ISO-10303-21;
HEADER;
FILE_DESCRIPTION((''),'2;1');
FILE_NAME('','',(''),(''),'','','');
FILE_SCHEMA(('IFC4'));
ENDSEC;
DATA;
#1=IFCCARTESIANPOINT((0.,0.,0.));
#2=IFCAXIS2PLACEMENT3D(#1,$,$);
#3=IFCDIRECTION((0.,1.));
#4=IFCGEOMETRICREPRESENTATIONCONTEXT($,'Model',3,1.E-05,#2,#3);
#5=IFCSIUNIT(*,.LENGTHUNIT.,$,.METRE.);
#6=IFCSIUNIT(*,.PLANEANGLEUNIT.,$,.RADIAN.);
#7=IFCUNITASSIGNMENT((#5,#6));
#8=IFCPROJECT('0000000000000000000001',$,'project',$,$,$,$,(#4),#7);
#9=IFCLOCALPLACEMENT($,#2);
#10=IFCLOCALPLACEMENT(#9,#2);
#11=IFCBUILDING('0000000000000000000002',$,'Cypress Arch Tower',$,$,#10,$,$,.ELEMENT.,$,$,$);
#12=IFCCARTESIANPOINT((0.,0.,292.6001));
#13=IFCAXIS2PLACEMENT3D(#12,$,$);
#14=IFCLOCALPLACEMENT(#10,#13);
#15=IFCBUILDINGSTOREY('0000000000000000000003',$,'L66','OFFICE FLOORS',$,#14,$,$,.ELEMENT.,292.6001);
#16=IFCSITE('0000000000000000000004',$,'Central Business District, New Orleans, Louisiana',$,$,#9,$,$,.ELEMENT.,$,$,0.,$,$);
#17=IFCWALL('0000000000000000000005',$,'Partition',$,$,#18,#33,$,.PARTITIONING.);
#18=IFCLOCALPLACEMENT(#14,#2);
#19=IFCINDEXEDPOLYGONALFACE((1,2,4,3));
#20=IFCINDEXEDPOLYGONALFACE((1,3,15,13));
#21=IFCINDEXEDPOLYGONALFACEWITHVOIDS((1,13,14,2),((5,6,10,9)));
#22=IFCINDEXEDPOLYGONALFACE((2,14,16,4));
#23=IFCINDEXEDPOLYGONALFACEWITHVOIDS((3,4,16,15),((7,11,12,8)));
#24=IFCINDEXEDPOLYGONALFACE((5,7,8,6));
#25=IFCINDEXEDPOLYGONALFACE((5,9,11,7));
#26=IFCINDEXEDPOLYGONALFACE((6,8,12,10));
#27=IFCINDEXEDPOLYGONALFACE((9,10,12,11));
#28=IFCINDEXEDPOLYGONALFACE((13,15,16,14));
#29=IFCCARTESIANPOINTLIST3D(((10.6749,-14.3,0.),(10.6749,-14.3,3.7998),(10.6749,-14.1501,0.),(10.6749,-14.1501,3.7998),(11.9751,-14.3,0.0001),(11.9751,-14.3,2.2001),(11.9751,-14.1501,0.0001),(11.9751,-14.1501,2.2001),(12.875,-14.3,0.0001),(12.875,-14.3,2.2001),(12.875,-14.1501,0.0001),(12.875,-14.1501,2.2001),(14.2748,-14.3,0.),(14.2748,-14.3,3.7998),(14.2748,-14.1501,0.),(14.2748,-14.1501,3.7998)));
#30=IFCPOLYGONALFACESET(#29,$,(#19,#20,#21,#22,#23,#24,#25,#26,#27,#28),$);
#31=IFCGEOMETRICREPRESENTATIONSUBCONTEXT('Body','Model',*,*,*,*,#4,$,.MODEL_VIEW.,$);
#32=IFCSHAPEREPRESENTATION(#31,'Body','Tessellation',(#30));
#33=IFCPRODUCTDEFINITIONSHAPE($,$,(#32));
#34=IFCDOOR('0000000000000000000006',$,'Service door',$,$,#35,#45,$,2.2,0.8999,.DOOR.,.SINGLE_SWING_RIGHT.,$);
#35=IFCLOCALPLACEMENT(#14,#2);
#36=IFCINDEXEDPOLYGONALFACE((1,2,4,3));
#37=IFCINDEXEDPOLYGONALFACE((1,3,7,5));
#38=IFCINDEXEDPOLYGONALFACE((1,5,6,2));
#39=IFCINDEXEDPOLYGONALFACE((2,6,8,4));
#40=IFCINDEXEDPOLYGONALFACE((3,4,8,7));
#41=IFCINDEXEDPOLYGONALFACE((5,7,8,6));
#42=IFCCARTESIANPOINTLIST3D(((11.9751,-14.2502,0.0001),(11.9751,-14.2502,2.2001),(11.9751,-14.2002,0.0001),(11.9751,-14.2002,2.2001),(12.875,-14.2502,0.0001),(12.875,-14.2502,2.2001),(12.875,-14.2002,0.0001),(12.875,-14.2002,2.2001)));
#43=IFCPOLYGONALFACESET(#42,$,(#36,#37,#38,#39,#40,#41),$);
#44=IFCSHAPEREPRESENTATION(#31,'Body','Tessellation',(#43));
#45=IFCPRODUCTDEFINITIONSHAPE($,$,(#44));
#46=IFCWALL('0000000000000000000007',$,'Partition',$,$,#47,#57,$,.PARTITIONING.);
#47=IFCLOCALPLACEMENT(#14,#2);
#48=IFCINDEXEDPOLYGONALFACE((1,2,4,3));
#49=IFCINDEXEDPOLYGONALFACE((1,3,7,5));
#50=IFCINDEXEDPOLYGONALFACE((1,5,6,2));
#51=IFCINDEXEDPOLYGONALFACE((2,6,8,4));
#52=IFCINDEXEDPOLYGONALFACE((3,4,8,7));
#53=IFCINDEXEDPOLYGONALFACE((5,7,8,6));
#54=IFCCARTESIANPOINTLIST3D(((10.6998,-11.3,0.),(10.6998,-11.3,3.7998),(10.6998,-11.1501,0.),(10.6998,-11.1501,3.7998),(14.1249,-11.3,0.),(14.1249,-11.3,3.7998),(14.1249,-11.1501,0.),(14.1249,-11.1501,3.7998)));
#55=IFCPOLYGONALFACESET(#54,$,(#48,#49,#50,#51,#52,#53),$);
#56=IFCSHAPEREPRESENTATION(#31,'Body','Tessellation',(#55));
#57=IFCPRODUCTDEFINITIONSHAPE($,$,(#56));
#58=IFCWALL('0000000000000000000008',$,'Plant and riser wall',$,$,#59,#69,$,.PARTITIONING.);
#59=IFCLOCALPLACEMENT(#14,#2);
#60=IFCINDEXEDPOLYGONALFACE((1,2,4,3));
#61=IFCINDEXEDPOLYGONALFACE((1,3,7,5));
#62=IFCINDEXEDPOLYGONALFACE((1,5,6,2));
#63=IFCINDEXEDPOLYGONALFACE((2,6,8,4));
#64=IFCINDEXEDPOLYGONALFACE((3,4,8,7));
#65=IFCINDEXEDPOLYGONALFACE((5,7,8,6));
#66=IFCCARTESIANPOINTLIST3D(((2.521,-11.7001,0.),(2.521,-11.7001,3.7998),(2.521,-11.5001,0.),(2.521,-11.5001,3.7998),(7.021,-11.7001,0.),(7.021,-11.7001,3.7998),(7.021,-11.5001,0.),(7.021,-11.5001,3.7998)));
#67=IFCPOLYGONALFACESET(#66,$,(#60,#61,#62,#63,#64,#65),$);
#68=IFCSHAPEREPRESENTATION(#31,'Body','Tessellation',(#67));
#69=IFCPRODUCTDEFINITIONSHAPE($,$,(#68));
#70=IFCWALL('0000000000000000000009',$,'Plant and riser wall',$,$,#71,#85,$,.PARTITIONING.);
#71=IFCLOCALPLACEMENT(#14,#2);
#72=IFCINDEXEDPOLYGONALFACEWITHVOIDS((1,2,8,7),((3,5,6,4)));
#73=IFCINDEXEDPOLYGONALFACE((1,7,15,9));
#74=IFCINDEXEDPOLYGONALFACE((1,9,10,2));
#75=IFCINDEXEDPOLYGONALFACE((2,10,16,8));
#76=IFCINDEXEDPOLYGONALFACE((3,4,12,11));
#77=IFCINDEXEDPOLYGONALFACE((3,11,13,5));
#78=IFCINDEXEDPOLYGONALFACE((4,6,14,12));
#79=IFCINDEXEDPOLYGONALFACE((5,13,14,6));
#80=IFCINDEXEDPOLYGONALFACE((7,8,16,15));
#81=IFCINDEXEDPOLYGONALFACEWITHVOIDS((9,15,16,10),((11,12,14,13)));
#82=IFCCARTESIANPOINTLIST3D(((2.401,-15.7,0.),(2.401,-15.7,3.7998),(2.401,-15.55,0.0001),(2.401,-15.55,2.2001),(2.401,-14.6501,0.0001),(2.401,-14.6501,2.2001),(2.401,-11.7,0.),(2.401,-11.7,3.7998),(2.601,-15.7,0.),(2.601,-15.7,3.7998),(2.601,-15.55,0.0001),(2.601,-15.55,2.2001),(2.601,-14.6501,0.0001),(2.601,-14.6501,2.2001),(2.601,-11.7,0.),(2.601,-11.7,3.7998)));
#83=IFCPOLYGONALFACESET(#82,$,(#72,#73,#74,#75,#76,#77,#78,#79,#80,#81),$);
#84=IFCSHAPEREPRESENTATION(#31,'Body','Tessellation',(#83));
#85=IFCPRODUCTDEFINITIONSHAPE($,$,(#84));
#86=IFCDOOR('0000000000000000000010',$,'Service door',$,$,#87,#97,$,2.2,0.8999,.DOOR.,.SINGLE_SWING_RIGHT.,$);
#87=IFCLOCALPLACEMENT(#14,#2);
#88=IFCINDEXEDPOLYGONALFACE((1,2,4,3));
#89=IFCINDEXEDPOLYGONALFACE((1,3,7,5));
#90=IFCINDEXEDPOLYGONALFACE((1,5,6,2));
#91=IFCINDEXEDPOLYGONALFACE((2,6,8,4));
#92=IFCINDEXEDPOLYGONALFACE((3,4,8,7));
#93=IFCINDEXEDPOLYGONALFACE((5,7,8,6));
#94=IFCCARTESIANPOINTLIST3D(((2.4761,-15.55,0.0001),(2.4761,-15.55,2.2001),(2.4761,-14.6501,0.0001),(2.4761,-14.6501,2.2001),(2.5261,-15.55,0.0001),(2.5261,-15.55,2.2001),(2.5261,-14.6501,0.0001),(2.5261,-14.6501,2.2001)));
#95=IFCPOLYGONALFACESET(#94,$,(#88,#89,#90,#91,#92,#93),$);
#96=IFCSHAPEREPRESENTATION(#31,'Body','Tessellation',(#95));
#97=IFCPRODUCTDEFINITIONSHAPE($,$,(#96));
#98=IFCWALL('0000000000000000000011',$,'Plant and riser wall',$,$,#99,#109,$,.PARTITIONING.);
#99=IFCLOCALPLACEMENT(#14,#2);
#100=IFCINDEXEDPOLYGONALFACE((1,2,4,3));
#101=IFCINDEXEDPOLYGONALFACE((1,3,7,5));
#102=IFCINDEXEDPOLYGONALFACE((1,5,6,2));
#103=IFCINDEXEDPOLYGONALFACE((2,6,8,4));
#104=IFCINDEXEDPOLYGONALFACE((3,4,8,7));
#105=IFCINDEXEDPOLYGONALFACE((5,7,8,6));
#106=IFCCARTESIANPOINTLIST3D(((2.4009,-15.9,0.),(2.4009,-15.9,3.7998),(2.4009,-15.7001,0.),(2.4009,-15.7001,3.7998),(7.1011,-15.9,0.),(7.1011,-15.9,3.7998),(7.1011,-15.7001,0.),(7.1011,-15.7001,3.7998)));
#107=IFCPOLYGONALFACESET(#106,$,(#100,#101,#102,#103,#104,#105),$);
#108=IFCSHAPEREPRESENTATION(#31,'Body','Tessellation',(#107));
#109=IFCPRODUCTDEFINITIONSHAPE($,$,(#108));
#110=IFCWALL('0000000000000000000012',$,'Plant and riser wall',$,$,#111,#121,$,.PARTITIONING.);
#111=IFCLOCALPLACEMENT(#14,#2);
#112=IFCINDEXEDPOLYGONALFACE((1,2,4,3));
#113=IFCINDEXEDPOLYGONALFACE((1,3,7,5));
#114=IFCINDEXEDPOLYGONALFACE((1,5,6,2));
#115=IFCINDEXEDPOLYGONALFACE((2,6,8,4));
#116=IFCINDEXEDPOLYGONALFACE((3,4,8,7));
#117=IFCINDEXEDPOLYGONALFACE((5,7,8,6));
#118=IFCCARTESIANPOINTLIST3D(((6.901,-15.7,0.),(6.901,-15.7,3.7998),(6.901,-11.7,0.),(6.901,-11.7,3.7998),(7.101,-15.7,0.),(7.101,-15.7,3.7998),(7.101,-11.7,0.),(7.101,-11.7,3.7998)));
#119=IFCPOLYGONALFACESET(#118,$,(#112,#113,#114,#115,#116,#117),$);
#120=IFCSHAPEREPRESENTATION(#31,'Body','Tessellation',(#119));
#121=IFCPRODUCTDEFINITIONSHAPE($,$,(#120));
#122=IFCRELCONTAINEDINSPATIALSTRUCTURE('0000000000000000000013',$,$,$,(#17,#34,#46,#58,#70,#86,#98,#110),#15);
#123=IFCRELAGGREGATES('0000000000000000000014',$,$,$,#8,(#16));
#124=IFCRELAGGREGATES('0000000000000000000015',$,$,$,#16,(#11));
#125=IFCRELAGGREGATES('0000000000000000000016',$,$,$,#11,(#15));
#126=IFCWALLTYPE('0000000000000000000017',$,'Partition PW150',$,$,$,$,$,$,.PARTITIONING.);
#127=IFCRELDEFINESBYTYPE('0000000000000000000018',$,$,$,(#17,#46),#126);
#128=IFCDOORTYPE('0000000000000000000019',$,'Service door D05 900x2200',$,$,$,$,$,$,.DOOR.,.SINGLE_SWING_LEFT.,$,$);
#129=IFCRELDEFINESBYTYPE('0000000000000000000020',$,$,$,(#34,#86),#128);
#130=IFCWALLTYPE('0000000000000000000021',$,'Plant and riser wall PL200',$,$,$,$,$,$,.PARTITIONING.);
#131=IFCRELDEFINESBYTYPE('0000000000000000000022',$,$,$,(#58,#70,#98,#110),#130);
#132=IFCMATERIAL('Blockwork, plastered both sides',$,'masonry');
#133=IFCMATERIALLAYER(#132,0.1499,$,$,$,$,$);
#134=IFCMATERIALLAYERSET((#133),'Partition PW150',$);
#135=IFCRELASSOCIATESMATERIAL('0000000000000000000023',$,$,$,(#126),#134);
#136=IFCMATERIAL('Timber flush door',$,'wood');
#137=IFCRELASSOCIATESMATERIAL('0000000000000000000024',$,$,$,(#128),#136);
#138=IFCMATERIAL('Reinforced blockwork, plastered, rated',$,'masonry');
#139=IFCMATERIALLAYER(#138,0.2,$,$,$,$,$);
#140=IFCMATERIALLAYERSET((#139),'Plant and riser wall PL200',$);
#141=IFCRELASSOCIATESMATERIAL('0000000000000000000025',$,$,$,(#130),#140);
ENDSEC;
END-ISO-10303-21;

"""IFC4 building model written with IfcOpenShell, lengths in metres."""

from ifc_helpers import new_model, si_unit, direction, frame, frame_2d, origin, place, context, subcontext, project, spatial, rectangle, extrude, material, layer, layer_set, type_object, element, fill, save


model = new_model("IFC4")

# Units and contexts
model_context = context("Model", 3, precision=1e-05, world=origin(), true_north=direction((0.0, 1.0)))
body_context = subcontext(model_context, "Body", "Model", "MODEL_VIEW")
ifc_project = project(units=[si_unit("LENGTHUNIT", "METRE"), si_unit("PLANEANGLEUNIT", "RADIAN")], contexts=[model_context])

# Site, building, storey
site_placement = place(None, origin())
site = spatial("IfcSite", under=ifc_project, at=site_placement, Name="Central Business District, New Orleans, Louisiana", CompositionType="ELEMENT", RefElevation=0.0)
building_placement = place(site_placement, origin())
building = spatial("IfcBuilding", under=site, at=building_placement, Name="Cypress Arch Tower", CompositionType="ELEMENT")
storey_placement = place(building_placement, frame((0.0, 0.0, 292.6001)))
storey = spatial("IfcBuildingStorey", under=building, at=storey_placement, Name="L66", Description="OFFICE FLOORS", CompositionType="ELEMENT", Elevation=292.6001)

# Shared definitions
ifc_material_1 = material(Name="Blockwork, plastered both sides", Category="masonry")
ifc_layer_1 = layer(ifc_material_1, 0.1499)
ifc_layer_set_1 = layer_set([ifc_layer_1], Name="Partition PW150")
wall_type_1 = type_object("IfcWallType", Name="Partition PW150", PredefinedType="PARTITIONING", material=ifc_layer_set_1)

# Wall, opening, door
wall_1_placement = place(storey_placement, frame((10.675, -14.2251, 0.0), z_axis=(0.0, 0.0, 1.0), x_axis=(1.0, 0.0, 0.0)))
wall_1 = element("IfcWall", 1, at=wall_1_placement, inside=storey, type_object=wall_type_1, Name="Partition", PredefinedType="PARTITIONING", context=body_context, shape_type="SweptSolid", body=[
    extrude(rectangle(XDim=3.5999, YDim=0.1499, at=frame_2d((1.7998, 0.0))), origin(), (0.0, 0.0, 1.0), 3.7998),
])
opening_1_placement = place(wall_1_placement, frame((1.3, 0.0, 0.0)))
opening_1 = element("IfcOpeningElement", 2, at=opening_1_placement, cuts=wall_1, PredefinedType="OPENING", context=body_context, shape_type="SweptSolid", body=[
    extrude(rectangle(XDim=0.8999, YDim=2.2, at=frame_2d((0.45, 1.1001))), frame((0.0, 0.085, 0.0), z_axis=(0.0, -1.0, 0.0), x_axis=(1.0, 0.0, 0.0)), (0.0, 0.0, 1.0), 0.1699),
])
ifc_material_2 = material(Name="Timber flush door", Category="wood")
door_type_1 = type_object("IfcDoorType", Name="Service door D05 900x2200", OperationType="SINGLE_SWING_LEFT", PredefinedType="DOOR", material=ifc_material_2)
door_1_placement = place(opening_1_placement, origin())
door_1 = element("IfcDoor", 3, at=door_1_placement, inside=storey, type_object=door_type_1, Name="Service door", OperationType="SINGLE_SWING_RIGHT", OverallHeight=2.2, OverallWidth=0.8999, PredefinedType="DOOR", context=body_context, shape_type="SweptSolid", body=[
    extrude(rectangle(XDim=0.8999, YDim=2.2, at=frame_2d((0.45, 1.1001))), frame((0.0, 0.0249, 0.0), z_axis=(0.0, -1.0, 0.0), x_axis=(1.0, 0.0, 0.0)), (0.0, 0.0, 1.0), 0.05),
])
fill(opening_1, door_1)

# Walls
wall_2_placement = place(storey_placement, frame((10.7, -11.2251, 0.0), z_axis=(0.0, 0.0, 1.0), x_axis=(1.0, 0.0, 0.0)))
element("IfcWall", 4, at=wall_2_placement, inside=storey, type_object=wall_type_1, Name="Partition", PredefinedType="PARTITIONING", context=body_context, shape_type="SweptSolid", body=[
    extrude(rectangle(XDim=3.425, YDim=0.1499, at=frame_2d((1.7124, 0.0))), origin(), (0.0, 0.0, 1.0), 3.7998),
])
ifc_material_3 = material(Name="Reinforced blockwork, plastered, rated", Category="masonry")
ifc_layer_2 = layer(ifc_material_3, 0.2)
ifc_layer_set_2 = layer_set([ifc_layer_2], Name="Plant and riser wall PL200")
wall_type_2 = type_object("IfcWallType", Name="Plant and riser wall PL200", PredefinedType="PARTITIONING", material=ifc_layer_set_2)
wall_3_placement = place(storey_placement, frame((2.521, -11.6001, 0.0), z_axis=(0.0, 0.0, 1.0), x_axis=(1.0, 0.0, 0.0)))
element("IfcWall", 5, at=wall_3_placement, inside=storey, type_object=wall_type_2, Name="Plant and riser wall", PredefinedType="PARTITIONING", context=body_context, shape_type="SweptSolid", body=[
    extrude(rectangle(XDim=4.5, YDim=0.2, at=frame_2d((2.25, 0.0))), origin(), (0.0, 0.0, 1.0), 3.7998),
])

# Wall, opening, door
wall_4_placement = place(storey_placement, frame((2.501, -15.7, 0.0), z_axis=(0.0, 0.0, 1.0), x_axis=(0.0, 1.0, 0.0)))
wall_4 = element("IfcWall", 6, at=wall_4_placement, inside=storey, type_object=wall_type_2, Name="Plant and riser wall", PredefinedType="PARTITIONING", context=body_context, shape_type="SweptSolid", body=[
    extrude(rectangle(XDim=4.0, YDim=0.2, at=frame_2d((2.0, 0.0))), origin(), (0.0, 0.0, 1.0), 3.7998),
])
opening_2_placement = place(wall_4_placement, frame((0.1499, 0.0, 0.0)))
opening_2 = element("IfcOpeningElement", 7, at=opening_2_placement, cuts=wall_4, PredefinedType="OPENING", context=body_context, shape_type="SweptSolid", body=[
    extrude(rectangle(XDim=0.8999, YDim=2.2, at=frame_2d((0.45, 1.1001))), frame((0.0, 0.1099, 0.0), z_axis=(0.0, -1.0, 0.0), x_axis=(1.0, 0.0, 0.0)), (0.0, 0.0, 1.0), 0.22),
])
door_2_placement = place(opening_2_placement, origin())
door_2 = element("IfcDoor", 8, at=door_2_placement, inside=storey, type_object=door_type_1, Name="Service door", OperationType="SINGLE_SWING_RIGHT", OverallHeight=2.2, OverallWidth=0.8999, PredefinedType="DOOR", context=body_context, shape_type="SweptSolid", body=[
    extrude(rectangle(XDim=0.8999, YDim=2.2, at=frame_2d((0.45, 1.1001))), frame((0.0, 0.0249, 0.0), z_axis=(0.0, -1.0, 0.0), x_axis=(1.0, 0.0, 0.0)), (0.0, 0.0, 1.0), 0.05),
])
fill(opening_2, door_2)

# Walls
wall_5_placement = place(storey_placement, frame((2.4009, -15.8, 0.0), z_axis=(0.0, 0.0, 1.0), x_axis=(1.0, 0.0, 0.0)))
element("IfcWall", 9, at=wall_5_placement, inside=storey, type_object=wall_type_2, Name="Plant and riser wall", PredefinedType="PARTITIONING", context=body_context, shape_type="SweptSolid", body=[
    extrude(rectangle(XDim=4.7002, YDim=0.2, at=frame_2d((2.3501, 0.0))), origin(), (0.0, 0.0, 1.0), 3.7998),
])
wall_6_placement = place(storey_placement, frame((7.001, -15.7, 0.0), z_axis=(0.0, 0.0, 1.0), x_axis=(0.0, 1.0, 0.0)))
element("IfcWall", 10, at=wall_6_placement, inside=storey, type_object=wall_type_2, Name="Plant and riser wall", PredefinedType="PARTITIONING", context=body_context, shape_type="SweptSolid", body=[
    extrude(rectangle(XDim=4.0, YDim=0.2, at=frame_2d((2.0, 0.0))), origin(), (0.0, 0.0, 1.0), 3.7998),
])

save(model, "model.ifc")
